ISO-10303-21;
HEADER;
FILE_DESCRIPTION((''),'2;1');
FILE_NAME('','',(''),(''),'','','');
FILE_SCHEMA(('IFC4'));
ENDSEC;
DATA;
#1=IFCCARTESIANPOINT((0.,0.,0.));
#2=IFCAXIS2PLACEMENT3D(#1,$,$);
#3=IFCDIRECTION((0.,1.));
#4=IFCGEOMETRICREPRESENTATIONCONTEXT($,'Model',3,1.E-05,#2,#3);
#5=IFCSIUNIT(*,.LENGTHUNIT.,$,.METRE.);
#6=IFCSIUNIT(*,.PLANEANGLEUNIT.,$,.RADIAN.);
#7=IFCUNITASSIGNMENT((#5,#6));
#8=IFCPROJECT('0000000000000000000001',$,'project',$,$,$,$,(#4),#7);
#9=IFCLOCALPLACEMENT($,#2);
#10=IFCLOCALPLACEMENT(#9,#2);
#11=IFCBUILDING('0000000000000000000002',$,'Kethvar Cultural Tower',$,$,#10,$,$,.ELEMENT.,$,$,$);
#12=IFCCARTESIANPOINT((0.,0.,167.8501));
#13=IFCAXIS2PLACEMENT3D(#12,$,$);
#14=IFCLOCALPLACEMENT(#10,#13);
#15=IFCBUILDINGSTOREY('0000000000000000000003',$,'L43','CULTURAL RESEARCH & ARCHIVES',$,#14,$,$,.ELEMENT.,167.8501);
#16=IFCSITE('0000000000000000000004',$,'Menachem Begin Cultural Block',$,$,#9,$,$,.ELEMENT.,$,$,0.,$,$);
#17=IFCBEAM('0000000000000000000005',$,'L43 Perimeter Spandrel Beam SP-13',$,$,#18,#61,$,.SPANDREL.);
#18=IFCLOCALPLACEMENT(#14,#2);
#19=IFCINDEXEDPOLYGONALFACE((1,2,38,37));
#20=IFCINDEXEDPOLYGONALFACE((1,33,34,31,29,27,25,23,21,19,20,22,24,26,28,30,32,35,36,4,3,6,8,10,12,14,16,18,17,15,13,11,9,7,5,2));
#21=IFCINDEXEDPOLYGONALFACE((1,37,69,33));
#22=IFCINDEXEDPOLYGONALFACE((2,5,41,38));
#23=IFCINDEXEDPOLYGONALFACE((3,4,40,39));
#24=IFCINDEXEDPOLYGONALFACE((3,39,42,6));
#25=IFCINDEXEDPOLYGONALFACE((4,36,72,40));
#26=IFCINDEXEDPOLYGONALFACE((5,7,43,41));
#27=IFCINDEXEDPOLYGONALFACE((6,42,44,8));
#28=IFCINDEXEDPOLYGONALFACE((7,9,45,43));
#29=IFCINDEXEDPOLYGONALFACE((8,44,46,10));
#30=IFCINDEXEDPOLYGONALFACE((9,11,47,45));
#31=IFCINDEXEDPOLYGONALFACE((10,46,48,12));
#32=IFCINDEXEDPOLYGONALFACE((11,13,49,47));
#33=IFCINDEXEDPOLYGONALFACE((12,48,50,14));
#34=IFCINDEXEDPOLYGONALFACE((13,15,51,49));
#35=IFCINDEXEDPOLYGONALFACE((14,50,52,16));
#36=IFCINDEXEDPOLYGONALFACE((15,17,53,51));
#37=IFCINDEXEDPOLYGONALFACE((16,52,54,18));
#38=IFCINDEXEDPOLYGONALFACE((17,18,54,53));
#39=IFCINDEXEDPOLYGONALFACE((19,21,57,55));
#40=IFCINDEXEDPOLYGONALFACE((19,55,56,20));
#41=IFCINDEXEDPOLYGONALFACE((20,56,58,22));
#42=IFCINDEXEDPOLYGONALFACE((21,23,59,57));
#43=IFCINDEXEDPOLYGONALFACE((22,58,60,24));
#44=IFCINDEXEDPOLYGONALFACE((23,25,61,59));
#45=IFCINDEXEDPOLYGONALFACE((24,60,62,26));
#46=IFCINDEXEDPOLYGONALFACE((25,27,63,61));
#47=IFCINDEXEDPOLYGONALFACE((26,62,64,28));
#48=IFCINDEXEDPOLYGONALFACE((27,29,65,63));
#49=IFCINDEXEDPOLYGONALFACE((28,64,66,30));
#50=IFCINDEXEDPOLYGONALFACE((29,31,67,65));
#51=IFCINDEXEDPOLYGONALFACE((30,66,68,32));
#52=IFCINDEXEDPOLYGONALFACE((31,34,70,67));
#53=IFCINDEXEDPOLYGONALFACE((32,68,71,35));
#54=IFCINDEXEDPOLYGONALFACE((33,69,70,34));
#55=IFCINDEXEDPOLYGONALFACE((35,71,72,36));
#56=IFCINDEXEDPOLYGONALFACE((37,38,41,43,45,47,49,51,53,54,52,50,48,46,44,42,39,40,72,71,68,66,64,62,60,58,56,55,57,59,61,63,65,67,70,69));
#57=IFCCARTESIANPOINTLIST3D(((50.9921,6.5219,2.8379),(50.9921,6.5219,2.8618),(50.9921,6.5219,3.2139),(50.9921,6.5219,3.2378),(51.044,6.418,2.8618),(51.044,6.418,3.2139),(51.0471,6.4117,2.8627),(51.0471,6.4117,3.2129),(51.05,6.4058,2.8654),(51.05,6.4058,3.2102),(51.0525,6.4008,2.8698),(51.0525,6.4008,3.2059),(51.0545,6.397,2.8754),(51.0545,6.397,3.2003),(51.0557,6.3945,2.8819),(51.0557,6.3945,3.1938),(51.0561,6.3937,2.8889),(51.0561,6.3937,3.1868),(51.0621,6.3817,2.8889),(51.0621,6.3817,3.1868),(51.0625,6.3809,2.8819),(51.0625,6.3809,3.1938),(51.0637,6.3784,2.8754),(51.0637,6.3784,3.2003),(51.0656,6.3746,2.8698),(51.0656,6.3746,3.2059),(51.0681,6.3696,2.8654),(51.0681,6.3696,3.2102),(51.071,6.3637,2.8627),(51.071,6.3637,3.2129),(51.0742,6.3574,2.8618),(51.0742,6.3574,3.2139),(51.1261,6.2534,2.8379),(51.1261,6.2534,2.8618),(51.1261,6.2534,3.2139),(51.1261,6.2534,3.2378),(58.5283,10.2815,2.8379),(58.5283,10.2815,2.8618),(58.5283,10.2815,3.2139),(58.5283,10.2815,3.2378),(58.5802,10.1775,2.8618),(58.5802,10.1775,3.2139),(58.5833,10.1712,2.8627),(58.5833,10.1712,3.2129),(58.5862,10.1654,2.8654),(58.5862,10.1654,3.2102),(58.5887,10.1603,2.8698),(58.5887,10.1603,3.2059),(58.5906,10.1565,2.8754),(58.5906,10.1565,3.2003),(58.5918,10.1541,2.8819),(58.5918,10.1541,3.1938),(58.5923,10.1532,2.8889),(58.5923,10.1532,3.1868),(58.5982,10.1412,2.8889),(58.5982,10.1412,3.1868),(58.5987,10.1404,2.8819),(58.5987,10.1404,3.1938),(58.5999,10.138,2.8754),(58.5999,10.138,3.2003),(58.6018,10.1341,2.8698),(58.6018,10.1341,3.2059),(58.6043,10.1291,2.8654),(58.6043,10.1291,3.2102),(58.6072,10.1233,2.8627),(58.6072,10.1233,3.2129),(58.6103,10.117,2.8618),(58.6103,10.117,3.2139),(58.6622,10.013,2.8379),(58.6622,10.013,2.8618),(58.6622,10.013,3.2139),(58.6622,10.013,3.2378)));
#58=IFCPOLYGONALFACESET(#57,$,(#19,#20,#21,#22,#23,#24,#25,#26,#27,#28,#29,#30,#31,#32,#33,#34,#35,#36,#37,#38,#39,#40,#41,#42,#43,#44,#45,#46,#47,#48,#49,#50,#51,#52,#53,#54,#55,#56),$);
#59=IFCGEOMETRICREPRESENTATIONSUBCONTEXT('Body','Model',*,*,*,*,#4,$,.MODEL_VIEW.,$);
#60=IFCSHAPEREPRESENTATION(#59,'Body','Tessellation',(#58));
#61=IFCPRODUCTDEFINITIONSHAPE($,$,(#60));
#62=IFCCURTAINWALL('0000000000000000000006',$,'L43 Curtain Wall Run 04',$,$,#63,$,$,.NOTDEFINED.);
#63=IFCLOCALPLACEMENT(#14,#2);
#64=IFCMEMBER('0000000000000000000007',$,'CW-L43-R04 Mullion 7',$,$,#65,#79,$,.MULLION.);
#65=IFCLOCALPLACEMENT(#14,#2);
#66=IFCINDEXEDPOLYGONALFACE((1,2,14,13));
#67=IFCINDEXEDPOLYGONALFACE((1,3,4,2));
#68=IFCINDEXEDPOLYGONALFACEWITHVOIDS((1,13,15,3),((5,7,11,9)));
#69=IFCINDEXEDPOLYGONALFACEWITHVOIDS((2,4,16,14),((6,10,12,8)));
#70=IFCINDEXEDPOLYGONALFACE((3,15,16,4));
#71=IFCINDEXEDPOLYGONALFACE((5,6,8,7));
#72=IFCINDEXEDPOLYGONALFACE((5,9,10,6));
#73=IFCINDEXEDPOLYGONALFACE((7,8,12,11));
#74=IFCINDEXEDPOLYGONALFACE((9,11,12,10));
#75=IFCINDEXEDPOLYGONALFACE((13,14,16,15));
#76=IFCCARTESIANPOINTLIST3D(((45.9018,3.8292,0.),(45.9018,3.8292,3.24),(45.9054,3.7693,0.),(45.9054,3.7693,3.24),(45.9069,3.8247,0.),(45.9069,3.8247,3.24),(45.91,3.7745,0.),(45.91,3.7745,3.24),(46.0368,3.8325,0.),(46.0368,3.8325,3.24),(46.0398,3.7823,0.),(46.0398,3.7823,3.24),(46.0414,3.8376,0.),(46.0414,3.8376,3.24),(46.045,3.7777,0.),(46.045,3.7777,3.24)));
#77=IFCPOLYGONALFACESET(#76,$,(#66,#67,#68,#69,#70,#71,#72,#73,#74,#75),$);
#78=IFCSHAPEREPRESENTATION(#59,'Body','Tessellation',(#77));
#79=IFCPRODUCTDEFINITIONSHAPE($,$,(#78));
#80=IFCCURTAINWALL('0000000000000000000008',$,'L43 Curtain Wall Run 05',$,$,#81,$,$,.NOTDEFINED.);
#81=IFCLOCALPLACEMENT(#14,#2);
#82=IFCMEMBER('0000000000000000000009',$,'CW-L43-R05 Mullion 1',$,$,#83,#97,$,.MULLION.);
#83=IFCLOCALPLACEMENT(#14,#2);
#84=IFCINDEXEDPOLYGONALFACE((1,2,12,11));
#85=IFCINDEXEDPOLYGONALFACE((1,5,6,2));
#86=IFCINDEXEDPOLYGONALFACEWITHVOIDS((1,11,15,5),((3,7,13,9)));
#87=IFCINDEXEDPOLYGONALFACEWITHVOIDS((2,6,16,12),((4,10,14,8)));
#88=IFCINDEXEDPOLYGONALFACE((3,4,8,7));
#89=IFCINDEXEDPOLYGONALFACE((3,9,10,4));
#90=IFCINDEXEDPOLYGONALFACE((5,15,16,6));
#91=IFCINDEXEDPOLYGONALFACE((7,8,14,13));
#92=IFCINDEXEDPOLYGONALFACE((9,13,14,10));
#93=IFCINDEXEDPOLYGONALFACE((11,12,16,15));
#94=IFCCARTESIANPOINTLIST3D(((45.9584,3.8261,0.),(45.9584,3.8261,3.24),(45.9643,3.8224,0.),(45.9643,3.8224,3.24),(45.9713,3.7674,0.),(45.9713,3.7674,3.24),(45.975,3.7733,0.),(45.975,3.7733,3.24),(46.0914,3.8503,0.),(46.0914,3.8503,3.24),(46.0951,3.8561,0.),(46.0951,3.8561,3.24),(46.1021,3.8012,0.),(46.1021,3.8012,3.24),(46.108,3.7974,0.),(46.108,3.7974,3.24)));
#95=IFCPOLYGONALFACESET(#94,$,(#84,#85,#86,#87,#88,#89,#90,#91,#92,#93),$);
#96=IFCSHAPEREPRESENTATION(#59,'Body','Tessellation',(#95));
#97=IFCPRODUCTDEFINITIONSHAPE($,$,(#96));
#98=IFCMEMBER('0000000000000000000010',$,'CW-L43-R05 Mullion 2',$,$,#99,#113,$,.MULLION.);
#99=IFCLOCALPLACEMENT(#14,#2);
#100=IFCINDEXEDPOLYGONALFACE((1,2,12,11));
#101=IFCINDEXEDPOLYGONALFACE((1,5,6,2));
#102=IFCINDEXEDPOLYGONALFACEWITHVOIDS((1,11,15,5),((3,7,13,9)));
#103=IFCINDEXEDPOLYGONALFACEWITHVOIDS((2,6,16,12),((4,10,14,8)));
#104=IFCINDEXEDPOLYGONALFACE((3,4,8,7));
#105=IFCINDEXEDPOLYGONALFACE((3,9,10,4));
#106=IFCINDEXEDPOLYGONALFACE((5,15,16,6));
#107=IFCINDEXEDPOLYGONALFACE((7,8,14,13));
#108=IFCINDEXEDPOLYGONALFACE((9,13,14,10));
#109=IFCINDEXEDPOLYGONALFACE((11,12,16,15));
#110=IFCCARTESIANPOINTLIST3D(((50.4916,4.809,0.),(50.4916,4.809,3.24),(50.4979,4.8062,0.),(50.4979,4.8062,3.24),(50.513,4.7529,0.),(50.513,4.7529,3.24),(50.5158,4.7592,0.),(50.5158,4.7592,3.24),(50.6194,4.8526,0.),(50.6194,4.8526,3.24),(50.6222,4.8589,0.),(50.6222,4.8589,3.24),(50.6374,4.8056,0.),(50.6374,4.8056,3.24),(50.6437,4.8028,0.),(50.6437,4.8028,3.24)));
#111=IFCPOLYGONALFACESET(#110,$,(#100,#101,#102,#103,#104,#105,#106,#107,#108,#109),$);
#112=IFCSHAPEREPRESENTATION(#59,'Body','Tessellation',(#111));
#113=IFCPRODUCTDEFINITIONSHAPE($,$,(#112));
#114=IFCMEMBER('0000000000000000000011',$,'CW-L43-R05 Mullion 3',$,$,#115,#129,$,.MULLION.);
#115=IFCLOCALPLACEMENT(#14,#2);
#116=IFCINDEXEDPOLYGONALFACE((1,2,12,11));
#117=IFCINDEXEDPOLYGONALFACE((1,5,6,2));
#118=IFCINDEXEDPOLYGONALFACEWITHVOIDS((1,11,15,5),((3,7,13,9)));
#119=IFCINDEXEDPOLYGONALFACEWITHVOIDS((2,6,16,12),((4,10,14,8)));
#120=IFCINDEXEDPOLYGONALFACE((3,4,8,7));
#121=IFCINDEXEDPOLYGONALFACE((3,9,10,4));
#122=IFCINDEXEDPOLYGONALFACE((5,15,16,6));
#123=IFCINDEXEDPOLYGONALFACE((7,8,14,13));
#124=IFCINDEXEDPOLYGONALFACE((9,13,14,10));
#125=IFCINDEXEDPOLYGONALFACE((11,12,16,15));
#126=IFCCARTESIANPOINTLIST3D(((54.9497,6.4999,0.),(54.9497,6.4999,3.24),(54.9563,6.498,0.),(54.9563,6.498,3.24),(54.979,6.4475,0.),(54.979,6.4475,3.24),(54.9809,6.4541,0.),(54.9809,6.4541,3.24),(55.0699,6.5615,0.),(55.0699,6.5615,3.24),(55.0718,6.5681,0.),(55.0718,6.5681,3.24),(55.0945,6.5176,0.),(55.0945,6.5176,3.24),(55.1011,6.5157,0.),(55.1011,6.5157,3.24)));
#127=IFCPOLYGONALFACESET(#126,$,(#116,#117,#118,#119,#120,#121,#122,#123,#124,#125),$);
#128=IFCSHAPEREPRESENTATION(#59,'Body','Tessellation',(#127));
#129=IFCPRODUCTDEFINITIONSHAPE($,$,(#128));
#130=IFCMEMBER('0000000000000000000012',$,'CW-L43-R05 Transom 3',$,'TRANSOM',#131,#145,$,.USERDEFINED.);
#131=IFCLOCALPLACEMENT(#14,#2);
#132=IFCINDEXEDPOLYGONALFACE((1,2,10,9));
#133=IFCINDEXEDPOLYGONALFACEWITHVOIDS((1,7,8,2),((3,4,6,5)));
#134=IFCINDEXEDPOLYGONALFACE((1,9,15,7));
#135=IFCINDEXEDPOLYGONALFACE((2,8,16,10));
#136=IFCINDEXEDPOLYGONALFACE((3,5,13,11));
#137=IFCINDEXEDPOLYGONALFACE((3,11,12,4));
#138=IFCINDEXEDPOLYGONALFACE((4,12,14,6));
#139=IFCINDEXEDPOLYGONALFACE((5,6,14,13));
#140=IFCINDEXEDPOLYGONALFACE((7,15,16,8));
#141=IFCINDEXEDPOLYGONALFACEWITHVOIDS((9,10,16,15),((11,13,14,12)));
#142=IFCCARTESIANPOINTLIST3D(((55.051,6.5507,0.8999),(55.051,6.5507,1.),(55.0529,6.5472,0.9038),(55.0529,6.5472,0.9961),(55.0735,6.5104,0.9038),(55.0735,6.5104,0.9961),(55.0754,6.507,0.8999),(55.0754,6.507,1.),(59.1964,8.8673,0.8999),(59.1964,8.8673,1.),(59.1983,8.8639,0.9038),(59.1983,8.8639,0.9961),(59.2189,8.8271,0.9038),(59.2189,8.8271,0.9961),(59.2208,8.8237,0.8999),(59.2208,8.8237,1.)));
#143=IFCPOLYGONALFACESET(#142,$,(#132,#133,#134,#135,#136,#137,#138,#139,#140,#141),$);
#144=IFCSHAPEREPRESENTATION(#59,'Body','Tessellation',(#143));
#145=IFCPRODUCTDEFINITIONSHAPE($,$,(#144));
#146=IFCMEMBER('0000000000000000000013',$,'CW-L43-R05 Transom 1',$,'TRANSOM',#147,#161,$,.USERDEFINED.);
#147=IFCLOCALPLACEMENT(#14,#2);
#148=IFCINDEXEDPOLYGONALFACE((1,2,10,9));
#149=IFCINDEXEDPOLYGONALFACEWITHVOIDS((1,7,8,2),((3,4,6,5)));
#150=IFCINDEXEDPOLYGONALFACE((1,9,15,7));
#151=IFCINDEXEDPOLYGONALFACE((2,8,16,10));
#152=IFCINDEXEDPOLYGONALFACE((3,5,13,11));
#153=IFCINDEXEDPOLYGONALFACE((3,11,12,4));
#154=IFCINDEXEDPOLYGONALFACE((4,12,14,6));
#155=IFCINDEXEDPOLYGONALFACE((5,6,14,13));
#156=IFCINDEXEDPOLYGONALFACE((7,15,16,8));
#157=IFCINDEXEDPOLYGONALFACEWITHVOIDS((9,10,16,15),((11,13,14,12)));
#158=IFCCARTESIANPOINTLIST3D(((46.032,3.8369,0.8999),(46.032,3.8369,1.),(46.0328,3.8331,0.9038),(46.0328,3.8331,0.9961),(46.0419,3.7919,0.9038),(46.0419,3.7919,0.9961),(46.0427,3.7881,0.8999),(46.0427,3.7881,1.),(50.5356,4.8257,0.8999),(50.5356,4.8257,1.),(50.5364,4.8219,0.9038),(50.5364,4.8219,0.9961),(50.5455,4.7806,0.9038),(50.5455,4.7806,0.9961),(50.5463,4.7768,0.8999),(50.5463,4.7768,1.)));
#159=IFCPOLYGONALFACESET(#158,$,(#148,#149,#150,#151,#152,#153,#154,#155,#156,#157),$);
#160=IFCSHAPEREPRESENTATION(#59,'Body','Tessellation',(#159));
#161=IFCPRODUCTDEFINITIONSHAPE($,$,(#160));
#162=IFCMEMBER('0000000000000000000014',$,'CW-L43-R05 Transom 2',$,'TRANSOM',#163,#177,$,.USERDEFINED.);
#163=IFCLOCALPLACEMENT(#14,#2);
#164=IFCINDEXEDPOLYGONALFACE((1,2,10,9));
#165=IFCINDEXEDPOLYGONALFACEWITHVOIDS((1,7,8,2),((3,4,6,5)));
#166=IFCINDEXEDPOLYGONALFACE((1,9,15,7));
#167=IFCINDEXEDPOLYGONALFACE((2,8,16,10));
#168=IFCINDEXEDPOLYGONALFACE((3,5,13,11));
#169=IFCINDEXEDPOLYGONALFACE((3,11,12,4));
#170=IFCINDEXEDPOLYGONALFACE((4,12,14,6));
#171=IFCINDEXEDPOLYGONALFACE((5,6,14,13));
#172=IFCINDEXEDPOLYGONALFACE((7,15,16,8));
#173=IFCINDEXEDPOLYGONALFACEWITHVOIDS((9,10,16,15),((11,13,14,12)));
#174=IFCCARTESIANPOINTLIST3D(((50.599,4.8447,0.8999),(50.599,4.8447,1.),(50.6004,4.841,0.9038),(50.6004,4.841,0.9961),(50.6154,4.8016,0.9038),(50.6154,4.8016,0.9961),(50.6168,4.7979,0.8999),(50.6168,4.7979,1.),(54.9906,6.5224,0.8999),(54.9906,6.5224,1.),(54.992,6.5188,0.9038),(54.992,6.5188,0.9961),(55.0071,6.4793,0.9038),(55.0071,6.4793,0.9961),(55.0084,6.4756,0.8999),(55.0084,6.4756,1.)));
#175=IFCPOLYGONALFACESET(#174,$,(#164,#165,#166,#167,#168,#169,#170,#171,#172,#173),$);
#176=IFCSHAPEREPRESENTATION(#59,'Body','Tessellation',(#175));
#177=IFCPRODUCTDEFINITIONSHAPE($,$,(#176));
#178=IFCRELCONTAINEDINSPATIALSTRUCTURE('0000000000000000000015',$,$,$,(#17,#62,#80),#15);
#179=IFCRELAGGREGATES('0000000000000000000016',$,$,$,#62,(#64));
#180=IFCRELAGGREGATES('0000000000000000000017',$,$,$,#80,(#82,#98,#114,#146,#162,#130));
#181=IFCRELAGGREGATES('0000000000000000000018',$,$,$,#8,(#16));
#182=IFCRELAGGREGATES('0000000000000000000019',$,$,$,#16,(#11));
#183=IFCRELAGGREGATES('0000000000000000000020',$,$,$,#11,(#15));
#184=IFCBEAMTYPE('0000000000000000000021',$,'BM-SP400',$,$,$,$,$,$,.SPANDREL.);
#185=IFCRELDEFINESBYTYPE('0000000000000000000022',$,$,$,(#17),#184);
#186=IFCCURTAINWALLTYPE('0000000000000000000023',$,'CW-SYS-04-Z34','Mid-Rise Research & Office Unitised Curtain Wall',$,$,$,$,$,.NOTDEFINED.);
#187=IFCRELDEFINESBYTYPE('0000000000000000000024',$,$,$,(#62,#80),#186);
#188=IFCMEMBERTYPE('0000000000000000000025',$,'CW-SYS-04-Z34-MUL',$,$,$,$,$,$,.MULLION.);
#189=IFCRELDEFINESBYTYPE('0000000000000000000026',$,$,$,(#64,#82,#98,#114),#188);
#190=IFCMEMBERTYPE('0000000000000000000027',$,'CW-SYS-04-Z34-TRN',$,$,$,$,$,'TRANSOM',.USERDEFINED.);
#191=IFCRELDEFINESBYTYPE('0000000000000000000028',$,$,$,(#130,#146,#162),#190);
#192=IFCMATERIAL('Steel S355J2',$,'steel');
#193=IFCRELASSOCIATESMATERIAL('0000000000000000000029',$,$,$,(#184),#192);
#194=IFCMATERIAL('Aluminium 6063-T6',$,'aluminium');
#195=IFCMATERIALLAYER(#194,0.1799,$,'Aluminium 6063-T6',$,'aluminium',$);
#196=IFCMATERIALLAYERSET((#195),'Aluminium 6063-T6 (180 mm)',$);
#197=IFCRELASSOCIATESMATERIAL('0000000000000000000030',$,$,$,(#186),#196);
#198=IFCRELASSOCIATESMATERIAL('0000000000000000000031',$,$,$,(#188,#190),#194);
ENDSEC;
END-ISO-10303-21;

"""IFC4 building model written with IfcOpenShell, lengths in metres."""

from ifc_helpers import new_model, si_unit, direction, frame, origin, origin_2d, place, context, subcontext, project, spatial, hollow_rectangle, i_section, extrude, source, transform, mapped, material, layer, layer_set, material_profile, profile_set, type_object, element, aggregate, save


model = new_model("IFC4")

# Units and contexts
model_context = context("Model", 3, precision=1e-05, world=origin(), true_north=direction((0.0, 1.0)))
body_context = subcontext(model_context, "Body", "Model", "MODEL_VIEW")
ifc_project = project(units=[si_unit("LENGTHUNIT", "METRE"), si_unit("PLANEANGLEUNIT", "RADIAN")], contexts=[model_context])

# Site, building, storey
site_placement = place(None, origin())
site = spatial("IfcSite", under=ifc_project, at=site_placement, Name="Menachem Begin Cultural Block", CompositionType="ELEMENT", RefElevation=0.0)
building_placement = place(site_placement, origin())
building = spatial("IfcBuilding", under=site, at=building_placement, Name="Kethvar Cultural Tower", CompositionType="ELEMENT")
storey_placement = place(building_placement, frame((0.0, 0.0, 167.8501)))
storey = spatial("IfcBuildingStorey", under=building, at=storey_placement, Name="L43", Description="CULTURAL RESEARCH & ARCHIVES", CompositionType="ELEMENT", Elevation=167.8501)

# Beam
ifc_material_1 = material(Name="Steel S355J2", Category="steel")
ifc_material_profile_1 = material_profile(ifc_material_1, i_section(OverallWidth=0.3, OverallDepth=0.3999, WebThickness=0.0134, FlangeThickness=0.0239, FilletRadius=0.0271, at=origin_2d()), Name="Steel S355J2 — HEB400")
ifc_profile_set_1 = profile_set([ifc_material_profile_1], Name="Steel S355J2 — HEB400")
beam_type_1 = type_object("IfcBeamType", Name="BM-SP400", PredefinedType="SPANDREL", material=ifc_profile_set_1)
shared_shape_1 = source(origin(), body_context, "Body", "SweptSolid", [
    extrude(i_section(OverallWidth=0.3, OverallDepth=0.3999, WebThickness=0.0134, FlangeThickness=0.0239, FilletRadius=0.0271, at=origin_2d()), origin(), (0.0, 0.0, 1.0), 8.4219),
])
beam_1_placement = place(storey_placement, frame((51.0591, 6.3877, 3.0378), z_axis=(0.894833, 0.446402, 0.0), x_axis=(-0.446402, 0.894833, 0.0)))
element("IfcBeam", 1, at=beam_1_placement, inside=storey, type_object=beam_type_1, Name="L43 Perimeter Spandrel Beam SP-13", PredefinedType="SPANDREL", context=body_context, shape_type="MappedRepresentation", body=[
    mapped(shared_shape_1, transform((0.0, 0.0, 0.0), scale=1.0)),
])

# Curtain wall, member
ifc_material_2 = material(Name="Aluminium 6063-T6", Category="aluminium")
ifc_layer_1 = layer(ifc_material_2, 0.1799, Name="Aluminium 6063-T6", Category="aluminium")
ifc_layer_set_1 = layer_set([ifc_layer_1], Name="Aluminium 6063-T6 (180 mm)")
curtain_wall_type = type_object("IfcCurtainWallType", Name="CW-SYS-04-Z34", Description="Mid-Rise Research & Office Unitised Curtain Wall", PredefinedType="NOTDEFINED", material=ifc_layer_set_1)
curtain_wall_1_placement = place(storey_placement, origin())
curtain_wall_1 = element("IfcCurtainWall", 2, at=curtain_wall_1_placement, inside=storey, type_object=curtain_wall_type, Name="L43 Curtain Wall Run 04", PredefinedType="NOTDEFINED")
ifc_material_profile_2 = material_profile(ifc_material_2, hollow_rectangle(XDim=0.0601, YDim=0.1399, WallThickness=0.0049, at=origin_2d()), Name="Aluminium 6063-T6 — RHS140x60x5")
ifc_profile_set_2 = profile_set([ifc_material_profile_2], Name="Aluminium 6063-T6 — RHS140x60x5")
member_type_1 = type_object("IfcMemberType", Name="CW-SYS-04-Z34-MUL", PredefinedType="MULLION", material=ifc_profile_set_2)
shared_shape_2 = source(origin(), body_context, "Body", "SweptSolid", [
    extrude(hollow_rectangle(XDim=0.0601, YDim=0.1399, WallThickness=0.0049, at=origin_2d()), origin(), (0.0, 0.0, 1.0), 3.24),
])
member_1_placement = place(storey_placement, frame((45.9734, 3.8035, 0.0), z_axis=(0.0, 0.0, 1.0), x_axis=(-0.060073, 0.998194, 0.0)))
member_1 = element("IfcMember", 3, at=member_1_placement, type_object=member_type_1, Name="CW-L43-R04 Mullion 7", PredefinedType="MULLION", context=body_context, shape_type="MappedRepresentation", body=[
    mapped(shared_shape_2, transform((0.0, 0.0, 0.0), scale=1.0)),
])
aggregate(curtain_wall_1, [member_1])

# Curtain wall, members
curtain_wall_2_placement = place(storey_placement, origin())
curtain_wall_2 = element("IfcCurtainWall", 4, at=curtain_wall_2_placement, inside=storey, type_object=curtain_wall_type, Name="L43 Curtain Wall Run 05", PredefinedType="NOTDEFINED")
member_2_placement = place(storey_placement, frame((46.0332, 3.8118, 0.0), z_axis=(0.0, 0.0, 1.0), x_axis=(-0.214394, 0.976747, 0.0)))
member_2 = element("IfcMember", 5, at=member_2_placement, type_object=member_type_1, Name="CW-L43-R05 Mullion 1", PredefinedType="MULLION", context=body_context, shape_type="MappedRepresentation", body=[
    mapped(shared_shape_2, transform((0.0, 0.0, 0.0), scale=1.0)),
])
member_3_placement = place(storey_placement, frame((50.5676, 4.8059, 0.0), z_axis=(0.0, 0.0, 1.0), x_axis=(-0.356917, 0.934136, 0.0)))
member_3 = element("IfcMember", 6, at=member_3_placement, type_object=member_type_1, Name="CW-L43-R05 Mullion 2", PredefinedType="MULLION", context=body_context, shape_type="MappedRepresentation", body=[
    mapped(shared_shape_2, transform((0.0, 0.0, 0.0), scale=1.0)),
])
member_4_placement = place(storey_placement, frame((55.0254, 6.5078, 0.0), z_axis=(0.0, 0.0, 1.0), x_axis=(-0.487829, 0.872939, 0.0)))
member_4 = element("IfcMember", 7, at=member_4_placement, type_object=member_type_1, Name="CW-L43-R05 Mullion 3", PredefinedType="MULLION", context=body_context, shape_type="MappedRepresentation", body=[
    mapped(shared_shape_2, transform((0.0, 0.0, 0.0), scale=1.0)),
])
ifc_material_profile_3 = material_profile(ifc_material_2, hollow_rectangle(XDim=0.05, YDim=0.1001, WallThickness=0.0039, at=origin_2d()), Name="Aluminium 6063-T6 — RHS100x50x4")
ifc_profile_set_3 = profile_set([ifc_material_profile_3], Name="Aluminium 6063-T6 — RHS100x50x4")
member_type_2 = type_object("IfcMemberType", Name="CW-SYS-04-Z34-TRN", ElementType="TRANSOM", PredefinedType="USERDEFINED", material=ifc_profile_set_3)
shared_shape_3 = source(origin(), body_context, "Body", "SweptSolid", [
    extrude(hollow_rectangle(XDim=0.05, YDim=0.1001, WallThickness=0.0039, at=origin_2d()), origin(), (0.0, 0.0, 1.0), 4.7488),
])
member_5_placement = place(storey_placement, frame((55.0632, 6.5288, 0.95), z_axis=(0.872927, 0.48785, 0.0), x_axis=(-0.48785, 0.872927, 0.0)))
member_5 = element("IfcMember", 8, at=member_5_placement, type_object=member_type_2, Name="CW-L43-R05 Transom 3", ObjectType="TRANSOM", PredefinedType="USERDEFINED", context=body_context, shape_type="MappedRepresentation", body=[
    mapped(shared_shape_3, transform((0.0, 0.0, 0.0), scale=1.0)),
])
shared_shape_4 = source(origin(), body_context, "Body", "SweptSolid", [
    extrude(hollow_rectangle(XDim=0.05, YDim=0.1001, WallThickness=0.0039, at=origin_2d()), origin(), (0.0, 0.0, 1.0), 4.6108),
])
member_6_placement = place(storey_placement, frame((46.0374, 3.8125, 0.95), z_axis=(0.976737, 0.214441, 0.0), x_axis=(-0.214441, 0.976737, 0.0)))
member_6 = element("IfcMember", 9, at=member_6_placement, type_object=member_type_2, Name="CW-L43-R05 Transom 1", ObjectType="TRANSOM", PredefinedType="USERDEFINED", context=body_context, shape_type="MappedRepresentation", body=[
    mapped(shared_shape_4, transform((0.0, 0.0, 0.0), scale=1.0)),
])
shared_shape_5 = source(origin(), body_context, "Body", "SweptSolid", [
    extrude(hollow_rectangle(XDim=0.05, YDim=0.1001, WallThickness=0.0039, at=origin_2d()), origin(), (0.0, 0.0, 1.0), 4.7012),
])
member_7_placement = place(storey_placement, frame((50.6079, 4.8213, 0.95), z_axis=(0.934152, 0.356876, 0.0), x_axis=(-0.356876, 0.934152, 0.0)))
member_7 = element("IfcMember", 10, at=member_7_placement, type_object=member_type_2, Name="CW-L43-R05 Transom 2", ObjectType="TRANSOM", PredefinedType="USERDEFINED", context=body_context, shape_type="MappedRepresentation", body=[
    mapped(shared_shape_5, transform((0.0, 0.0, 0.0), scale=1.0)),
])
aggregate(curtain_wall_2, [member_2, member_3, member_4, member_6, member_7, member_5])

save(model, "model.ifc")
